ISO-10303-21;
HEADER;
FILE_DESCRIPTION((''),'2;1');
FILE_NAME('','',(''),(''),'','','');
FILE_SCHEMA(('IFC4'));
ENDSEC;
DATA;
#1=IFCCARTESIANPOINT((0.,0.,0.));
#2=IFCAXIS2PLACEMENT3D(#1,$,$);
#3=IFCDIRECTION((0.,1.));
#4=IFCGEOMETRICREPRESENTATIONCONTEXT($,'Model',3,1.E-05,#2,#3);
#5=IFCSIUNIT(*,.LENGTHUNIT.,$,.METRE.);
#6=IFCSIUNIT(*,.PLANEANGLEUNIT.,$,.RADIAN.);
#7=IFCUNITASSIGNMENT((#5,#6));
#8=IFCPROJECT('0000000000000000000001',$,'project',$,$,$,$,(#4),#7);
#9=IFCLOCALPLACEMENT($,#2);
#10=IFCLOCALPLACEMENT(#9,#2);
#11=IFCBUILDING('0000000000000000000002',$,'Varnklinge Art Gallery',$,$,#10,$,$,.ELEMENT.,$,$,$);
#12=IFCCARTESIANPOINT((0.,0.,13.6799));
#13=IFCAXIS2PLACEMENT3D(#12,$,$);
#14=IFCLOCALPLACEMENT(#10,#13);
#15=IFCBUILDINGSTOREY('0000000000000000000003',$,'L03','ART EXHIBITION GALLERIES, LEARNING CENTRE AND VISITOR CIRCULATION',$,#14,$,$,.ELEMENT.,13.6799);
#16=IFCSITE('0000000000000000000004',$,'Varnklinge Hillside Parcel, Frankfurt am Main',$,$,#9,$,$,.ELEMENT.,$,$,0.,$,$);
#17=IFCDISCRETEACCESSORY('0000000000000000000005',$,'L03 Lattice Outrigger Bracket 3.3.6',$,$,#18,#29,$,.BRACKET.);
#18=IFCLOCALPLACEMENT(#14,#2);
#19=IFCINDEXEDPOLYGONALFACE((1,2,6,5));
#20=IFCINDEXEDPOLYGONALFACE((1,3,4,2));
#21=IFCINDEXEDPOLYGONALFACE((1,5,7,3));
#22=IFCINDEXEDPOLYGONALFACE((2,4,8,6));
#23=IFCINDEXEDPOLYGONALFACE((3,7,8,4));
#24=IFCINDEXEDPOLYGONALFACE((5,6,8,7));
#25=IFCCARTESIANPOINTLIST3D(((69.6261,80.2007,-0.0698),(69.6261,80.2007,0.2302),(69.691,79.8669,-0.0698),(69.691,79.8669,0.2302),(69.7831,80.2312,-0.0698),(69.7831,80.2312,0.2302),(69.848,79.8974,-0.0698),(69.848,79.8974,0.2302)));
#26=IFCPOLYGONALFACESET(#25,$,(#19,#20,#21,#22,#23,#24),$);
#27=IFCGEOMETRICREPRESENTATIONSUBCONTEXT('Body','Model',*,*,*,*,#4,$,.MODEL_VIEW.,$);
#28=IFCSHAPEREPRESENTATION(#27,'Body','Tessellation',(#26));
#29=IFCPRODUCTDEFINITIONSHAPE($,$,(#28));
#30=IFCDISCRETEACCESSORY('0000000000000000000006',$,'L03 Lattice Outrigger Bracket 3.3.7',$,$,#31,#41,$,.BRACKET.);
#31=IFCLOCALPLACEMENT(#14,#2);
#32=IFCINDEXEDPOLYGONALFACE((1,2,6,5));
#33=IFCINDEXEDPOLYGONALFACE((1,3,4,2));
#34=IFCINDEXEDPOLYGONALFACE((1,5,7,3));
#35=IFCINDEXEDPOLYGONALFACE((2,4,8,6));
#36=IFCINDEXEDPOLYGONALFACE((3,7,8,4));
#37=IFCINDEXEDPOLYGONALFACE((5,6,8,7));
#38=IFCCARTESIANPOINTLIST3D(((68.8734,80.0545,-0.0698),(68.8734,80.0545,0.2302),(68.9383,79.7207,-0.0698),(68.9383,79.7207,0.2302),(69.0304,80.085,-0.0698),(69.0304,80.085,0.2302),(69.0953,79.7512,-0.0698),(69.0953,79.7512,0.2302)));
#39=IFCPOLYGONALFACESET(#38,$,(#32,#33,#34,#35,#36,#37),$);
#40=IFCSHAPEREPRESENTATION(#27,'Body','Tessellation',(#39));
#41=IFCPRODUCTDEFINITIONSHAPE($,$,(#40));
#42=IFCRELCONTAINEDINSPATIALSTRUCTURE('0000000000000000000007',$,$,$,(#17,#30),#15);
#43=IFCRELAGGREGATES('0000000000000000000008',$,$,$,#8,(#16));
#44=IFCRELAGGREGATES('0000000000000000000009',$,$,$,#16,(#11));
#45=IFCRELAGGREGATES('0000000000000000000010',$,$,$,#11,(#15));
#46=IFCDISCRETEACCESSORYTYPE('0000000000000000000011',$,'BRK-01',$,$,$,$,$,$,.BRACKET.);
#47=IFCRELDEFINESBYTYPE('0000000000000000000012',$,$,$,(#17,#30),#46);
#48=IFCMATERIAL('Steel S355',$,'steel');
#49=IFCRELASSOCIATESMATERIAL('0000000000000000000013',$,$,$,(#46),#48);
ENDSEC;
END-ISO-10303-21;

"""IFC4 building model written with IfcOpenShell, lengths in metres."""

from ifc_helpers import new_model, si_unit, direction, frame, origin, origin_2d, place, context, subcontext, project, spatial, rectangle, extrude, material, type_object, element, save


model = new_model("IFC4")

# Units and contexts
model_context = context("Model", 3, precision=1e-05, world=origin(), true_north=direction((0.0, 1.0)))
body_context = subcontext(model_context, "Body", "Model", "MODEL_VIEW")
ifc_project = project(units=[si_unit("LENGTHUNIT", "METRE"), si_unit("PLANEANGLEUNIT", "RADIAN")], contexts=[model_context])

# Site, building, storey
site_placement = place(None, origin())
site = spatial("IfcSite", under=ifc_project, at=site_placement, Name="Varnklinge Hillside Parcel, Frankfurt am Main", CompositionType="ELEMENT", RefElevation=0.0)
building_placement = place(site_placement, origin())
building = spatial("IfcBuilding", under=site, at=building_placement, Name="Varnklinge Art Gallery", CompositionType="ELEMENT")
storey_placement = place(building_placement, frame((0.0, 0.0, 13.6799)))
storey = spatial("IfcBuildingStorey", under=building, at=storey_placement, Name="L03", Description="ART EXHIBITION GALLERIES, LEARNING CENTRE AND VISITOR CIRCULATION", CompositionType="ELEMENT", Elevation=13.6799)

# Discrete accessories
ifc_material_1 = material(Name="Steel S355", Category="steel")
discrete_accessory_type = type_object("IfcDiscreteAccessoryType", Name="BRK-01", PredefinedType="BRACKET", material=ifc_material_1)
for number, where, z_axis, x_axis, name in (
    (1, (69.7371, 80.0491, -0.0698), (0.0, 0.0, 1.0), (-0.981627, -0.190809, 0.0), "L03 Lattice Outrigger Bracket 3.3.6"),
    (2, (68.9844, 79.9028, -0.0698), (0.0, 0.0, 1.0), (-0.981627, -0.190809, 0.0), "L03 Lattice Outrigger Bracket 3.3.7"),
):
    element("IfcDiscreteAccessory", number, at=place(storey_placement, frame(where, z_axis=z_axis, x_axis=x_axis)), inside=storey, type_object=discrete_accessory_type, Name=name, PredefinedType="BRACKET", context=body_context, shape_type="SweptSolid", body=[
        extrude(rectangle(XDim=0.1599, YDim=0.3401, at=origin_2d()), origin(), (0.0, 0.0, 1.0), 0.3),
    ])

save(model, "model.ifc")
